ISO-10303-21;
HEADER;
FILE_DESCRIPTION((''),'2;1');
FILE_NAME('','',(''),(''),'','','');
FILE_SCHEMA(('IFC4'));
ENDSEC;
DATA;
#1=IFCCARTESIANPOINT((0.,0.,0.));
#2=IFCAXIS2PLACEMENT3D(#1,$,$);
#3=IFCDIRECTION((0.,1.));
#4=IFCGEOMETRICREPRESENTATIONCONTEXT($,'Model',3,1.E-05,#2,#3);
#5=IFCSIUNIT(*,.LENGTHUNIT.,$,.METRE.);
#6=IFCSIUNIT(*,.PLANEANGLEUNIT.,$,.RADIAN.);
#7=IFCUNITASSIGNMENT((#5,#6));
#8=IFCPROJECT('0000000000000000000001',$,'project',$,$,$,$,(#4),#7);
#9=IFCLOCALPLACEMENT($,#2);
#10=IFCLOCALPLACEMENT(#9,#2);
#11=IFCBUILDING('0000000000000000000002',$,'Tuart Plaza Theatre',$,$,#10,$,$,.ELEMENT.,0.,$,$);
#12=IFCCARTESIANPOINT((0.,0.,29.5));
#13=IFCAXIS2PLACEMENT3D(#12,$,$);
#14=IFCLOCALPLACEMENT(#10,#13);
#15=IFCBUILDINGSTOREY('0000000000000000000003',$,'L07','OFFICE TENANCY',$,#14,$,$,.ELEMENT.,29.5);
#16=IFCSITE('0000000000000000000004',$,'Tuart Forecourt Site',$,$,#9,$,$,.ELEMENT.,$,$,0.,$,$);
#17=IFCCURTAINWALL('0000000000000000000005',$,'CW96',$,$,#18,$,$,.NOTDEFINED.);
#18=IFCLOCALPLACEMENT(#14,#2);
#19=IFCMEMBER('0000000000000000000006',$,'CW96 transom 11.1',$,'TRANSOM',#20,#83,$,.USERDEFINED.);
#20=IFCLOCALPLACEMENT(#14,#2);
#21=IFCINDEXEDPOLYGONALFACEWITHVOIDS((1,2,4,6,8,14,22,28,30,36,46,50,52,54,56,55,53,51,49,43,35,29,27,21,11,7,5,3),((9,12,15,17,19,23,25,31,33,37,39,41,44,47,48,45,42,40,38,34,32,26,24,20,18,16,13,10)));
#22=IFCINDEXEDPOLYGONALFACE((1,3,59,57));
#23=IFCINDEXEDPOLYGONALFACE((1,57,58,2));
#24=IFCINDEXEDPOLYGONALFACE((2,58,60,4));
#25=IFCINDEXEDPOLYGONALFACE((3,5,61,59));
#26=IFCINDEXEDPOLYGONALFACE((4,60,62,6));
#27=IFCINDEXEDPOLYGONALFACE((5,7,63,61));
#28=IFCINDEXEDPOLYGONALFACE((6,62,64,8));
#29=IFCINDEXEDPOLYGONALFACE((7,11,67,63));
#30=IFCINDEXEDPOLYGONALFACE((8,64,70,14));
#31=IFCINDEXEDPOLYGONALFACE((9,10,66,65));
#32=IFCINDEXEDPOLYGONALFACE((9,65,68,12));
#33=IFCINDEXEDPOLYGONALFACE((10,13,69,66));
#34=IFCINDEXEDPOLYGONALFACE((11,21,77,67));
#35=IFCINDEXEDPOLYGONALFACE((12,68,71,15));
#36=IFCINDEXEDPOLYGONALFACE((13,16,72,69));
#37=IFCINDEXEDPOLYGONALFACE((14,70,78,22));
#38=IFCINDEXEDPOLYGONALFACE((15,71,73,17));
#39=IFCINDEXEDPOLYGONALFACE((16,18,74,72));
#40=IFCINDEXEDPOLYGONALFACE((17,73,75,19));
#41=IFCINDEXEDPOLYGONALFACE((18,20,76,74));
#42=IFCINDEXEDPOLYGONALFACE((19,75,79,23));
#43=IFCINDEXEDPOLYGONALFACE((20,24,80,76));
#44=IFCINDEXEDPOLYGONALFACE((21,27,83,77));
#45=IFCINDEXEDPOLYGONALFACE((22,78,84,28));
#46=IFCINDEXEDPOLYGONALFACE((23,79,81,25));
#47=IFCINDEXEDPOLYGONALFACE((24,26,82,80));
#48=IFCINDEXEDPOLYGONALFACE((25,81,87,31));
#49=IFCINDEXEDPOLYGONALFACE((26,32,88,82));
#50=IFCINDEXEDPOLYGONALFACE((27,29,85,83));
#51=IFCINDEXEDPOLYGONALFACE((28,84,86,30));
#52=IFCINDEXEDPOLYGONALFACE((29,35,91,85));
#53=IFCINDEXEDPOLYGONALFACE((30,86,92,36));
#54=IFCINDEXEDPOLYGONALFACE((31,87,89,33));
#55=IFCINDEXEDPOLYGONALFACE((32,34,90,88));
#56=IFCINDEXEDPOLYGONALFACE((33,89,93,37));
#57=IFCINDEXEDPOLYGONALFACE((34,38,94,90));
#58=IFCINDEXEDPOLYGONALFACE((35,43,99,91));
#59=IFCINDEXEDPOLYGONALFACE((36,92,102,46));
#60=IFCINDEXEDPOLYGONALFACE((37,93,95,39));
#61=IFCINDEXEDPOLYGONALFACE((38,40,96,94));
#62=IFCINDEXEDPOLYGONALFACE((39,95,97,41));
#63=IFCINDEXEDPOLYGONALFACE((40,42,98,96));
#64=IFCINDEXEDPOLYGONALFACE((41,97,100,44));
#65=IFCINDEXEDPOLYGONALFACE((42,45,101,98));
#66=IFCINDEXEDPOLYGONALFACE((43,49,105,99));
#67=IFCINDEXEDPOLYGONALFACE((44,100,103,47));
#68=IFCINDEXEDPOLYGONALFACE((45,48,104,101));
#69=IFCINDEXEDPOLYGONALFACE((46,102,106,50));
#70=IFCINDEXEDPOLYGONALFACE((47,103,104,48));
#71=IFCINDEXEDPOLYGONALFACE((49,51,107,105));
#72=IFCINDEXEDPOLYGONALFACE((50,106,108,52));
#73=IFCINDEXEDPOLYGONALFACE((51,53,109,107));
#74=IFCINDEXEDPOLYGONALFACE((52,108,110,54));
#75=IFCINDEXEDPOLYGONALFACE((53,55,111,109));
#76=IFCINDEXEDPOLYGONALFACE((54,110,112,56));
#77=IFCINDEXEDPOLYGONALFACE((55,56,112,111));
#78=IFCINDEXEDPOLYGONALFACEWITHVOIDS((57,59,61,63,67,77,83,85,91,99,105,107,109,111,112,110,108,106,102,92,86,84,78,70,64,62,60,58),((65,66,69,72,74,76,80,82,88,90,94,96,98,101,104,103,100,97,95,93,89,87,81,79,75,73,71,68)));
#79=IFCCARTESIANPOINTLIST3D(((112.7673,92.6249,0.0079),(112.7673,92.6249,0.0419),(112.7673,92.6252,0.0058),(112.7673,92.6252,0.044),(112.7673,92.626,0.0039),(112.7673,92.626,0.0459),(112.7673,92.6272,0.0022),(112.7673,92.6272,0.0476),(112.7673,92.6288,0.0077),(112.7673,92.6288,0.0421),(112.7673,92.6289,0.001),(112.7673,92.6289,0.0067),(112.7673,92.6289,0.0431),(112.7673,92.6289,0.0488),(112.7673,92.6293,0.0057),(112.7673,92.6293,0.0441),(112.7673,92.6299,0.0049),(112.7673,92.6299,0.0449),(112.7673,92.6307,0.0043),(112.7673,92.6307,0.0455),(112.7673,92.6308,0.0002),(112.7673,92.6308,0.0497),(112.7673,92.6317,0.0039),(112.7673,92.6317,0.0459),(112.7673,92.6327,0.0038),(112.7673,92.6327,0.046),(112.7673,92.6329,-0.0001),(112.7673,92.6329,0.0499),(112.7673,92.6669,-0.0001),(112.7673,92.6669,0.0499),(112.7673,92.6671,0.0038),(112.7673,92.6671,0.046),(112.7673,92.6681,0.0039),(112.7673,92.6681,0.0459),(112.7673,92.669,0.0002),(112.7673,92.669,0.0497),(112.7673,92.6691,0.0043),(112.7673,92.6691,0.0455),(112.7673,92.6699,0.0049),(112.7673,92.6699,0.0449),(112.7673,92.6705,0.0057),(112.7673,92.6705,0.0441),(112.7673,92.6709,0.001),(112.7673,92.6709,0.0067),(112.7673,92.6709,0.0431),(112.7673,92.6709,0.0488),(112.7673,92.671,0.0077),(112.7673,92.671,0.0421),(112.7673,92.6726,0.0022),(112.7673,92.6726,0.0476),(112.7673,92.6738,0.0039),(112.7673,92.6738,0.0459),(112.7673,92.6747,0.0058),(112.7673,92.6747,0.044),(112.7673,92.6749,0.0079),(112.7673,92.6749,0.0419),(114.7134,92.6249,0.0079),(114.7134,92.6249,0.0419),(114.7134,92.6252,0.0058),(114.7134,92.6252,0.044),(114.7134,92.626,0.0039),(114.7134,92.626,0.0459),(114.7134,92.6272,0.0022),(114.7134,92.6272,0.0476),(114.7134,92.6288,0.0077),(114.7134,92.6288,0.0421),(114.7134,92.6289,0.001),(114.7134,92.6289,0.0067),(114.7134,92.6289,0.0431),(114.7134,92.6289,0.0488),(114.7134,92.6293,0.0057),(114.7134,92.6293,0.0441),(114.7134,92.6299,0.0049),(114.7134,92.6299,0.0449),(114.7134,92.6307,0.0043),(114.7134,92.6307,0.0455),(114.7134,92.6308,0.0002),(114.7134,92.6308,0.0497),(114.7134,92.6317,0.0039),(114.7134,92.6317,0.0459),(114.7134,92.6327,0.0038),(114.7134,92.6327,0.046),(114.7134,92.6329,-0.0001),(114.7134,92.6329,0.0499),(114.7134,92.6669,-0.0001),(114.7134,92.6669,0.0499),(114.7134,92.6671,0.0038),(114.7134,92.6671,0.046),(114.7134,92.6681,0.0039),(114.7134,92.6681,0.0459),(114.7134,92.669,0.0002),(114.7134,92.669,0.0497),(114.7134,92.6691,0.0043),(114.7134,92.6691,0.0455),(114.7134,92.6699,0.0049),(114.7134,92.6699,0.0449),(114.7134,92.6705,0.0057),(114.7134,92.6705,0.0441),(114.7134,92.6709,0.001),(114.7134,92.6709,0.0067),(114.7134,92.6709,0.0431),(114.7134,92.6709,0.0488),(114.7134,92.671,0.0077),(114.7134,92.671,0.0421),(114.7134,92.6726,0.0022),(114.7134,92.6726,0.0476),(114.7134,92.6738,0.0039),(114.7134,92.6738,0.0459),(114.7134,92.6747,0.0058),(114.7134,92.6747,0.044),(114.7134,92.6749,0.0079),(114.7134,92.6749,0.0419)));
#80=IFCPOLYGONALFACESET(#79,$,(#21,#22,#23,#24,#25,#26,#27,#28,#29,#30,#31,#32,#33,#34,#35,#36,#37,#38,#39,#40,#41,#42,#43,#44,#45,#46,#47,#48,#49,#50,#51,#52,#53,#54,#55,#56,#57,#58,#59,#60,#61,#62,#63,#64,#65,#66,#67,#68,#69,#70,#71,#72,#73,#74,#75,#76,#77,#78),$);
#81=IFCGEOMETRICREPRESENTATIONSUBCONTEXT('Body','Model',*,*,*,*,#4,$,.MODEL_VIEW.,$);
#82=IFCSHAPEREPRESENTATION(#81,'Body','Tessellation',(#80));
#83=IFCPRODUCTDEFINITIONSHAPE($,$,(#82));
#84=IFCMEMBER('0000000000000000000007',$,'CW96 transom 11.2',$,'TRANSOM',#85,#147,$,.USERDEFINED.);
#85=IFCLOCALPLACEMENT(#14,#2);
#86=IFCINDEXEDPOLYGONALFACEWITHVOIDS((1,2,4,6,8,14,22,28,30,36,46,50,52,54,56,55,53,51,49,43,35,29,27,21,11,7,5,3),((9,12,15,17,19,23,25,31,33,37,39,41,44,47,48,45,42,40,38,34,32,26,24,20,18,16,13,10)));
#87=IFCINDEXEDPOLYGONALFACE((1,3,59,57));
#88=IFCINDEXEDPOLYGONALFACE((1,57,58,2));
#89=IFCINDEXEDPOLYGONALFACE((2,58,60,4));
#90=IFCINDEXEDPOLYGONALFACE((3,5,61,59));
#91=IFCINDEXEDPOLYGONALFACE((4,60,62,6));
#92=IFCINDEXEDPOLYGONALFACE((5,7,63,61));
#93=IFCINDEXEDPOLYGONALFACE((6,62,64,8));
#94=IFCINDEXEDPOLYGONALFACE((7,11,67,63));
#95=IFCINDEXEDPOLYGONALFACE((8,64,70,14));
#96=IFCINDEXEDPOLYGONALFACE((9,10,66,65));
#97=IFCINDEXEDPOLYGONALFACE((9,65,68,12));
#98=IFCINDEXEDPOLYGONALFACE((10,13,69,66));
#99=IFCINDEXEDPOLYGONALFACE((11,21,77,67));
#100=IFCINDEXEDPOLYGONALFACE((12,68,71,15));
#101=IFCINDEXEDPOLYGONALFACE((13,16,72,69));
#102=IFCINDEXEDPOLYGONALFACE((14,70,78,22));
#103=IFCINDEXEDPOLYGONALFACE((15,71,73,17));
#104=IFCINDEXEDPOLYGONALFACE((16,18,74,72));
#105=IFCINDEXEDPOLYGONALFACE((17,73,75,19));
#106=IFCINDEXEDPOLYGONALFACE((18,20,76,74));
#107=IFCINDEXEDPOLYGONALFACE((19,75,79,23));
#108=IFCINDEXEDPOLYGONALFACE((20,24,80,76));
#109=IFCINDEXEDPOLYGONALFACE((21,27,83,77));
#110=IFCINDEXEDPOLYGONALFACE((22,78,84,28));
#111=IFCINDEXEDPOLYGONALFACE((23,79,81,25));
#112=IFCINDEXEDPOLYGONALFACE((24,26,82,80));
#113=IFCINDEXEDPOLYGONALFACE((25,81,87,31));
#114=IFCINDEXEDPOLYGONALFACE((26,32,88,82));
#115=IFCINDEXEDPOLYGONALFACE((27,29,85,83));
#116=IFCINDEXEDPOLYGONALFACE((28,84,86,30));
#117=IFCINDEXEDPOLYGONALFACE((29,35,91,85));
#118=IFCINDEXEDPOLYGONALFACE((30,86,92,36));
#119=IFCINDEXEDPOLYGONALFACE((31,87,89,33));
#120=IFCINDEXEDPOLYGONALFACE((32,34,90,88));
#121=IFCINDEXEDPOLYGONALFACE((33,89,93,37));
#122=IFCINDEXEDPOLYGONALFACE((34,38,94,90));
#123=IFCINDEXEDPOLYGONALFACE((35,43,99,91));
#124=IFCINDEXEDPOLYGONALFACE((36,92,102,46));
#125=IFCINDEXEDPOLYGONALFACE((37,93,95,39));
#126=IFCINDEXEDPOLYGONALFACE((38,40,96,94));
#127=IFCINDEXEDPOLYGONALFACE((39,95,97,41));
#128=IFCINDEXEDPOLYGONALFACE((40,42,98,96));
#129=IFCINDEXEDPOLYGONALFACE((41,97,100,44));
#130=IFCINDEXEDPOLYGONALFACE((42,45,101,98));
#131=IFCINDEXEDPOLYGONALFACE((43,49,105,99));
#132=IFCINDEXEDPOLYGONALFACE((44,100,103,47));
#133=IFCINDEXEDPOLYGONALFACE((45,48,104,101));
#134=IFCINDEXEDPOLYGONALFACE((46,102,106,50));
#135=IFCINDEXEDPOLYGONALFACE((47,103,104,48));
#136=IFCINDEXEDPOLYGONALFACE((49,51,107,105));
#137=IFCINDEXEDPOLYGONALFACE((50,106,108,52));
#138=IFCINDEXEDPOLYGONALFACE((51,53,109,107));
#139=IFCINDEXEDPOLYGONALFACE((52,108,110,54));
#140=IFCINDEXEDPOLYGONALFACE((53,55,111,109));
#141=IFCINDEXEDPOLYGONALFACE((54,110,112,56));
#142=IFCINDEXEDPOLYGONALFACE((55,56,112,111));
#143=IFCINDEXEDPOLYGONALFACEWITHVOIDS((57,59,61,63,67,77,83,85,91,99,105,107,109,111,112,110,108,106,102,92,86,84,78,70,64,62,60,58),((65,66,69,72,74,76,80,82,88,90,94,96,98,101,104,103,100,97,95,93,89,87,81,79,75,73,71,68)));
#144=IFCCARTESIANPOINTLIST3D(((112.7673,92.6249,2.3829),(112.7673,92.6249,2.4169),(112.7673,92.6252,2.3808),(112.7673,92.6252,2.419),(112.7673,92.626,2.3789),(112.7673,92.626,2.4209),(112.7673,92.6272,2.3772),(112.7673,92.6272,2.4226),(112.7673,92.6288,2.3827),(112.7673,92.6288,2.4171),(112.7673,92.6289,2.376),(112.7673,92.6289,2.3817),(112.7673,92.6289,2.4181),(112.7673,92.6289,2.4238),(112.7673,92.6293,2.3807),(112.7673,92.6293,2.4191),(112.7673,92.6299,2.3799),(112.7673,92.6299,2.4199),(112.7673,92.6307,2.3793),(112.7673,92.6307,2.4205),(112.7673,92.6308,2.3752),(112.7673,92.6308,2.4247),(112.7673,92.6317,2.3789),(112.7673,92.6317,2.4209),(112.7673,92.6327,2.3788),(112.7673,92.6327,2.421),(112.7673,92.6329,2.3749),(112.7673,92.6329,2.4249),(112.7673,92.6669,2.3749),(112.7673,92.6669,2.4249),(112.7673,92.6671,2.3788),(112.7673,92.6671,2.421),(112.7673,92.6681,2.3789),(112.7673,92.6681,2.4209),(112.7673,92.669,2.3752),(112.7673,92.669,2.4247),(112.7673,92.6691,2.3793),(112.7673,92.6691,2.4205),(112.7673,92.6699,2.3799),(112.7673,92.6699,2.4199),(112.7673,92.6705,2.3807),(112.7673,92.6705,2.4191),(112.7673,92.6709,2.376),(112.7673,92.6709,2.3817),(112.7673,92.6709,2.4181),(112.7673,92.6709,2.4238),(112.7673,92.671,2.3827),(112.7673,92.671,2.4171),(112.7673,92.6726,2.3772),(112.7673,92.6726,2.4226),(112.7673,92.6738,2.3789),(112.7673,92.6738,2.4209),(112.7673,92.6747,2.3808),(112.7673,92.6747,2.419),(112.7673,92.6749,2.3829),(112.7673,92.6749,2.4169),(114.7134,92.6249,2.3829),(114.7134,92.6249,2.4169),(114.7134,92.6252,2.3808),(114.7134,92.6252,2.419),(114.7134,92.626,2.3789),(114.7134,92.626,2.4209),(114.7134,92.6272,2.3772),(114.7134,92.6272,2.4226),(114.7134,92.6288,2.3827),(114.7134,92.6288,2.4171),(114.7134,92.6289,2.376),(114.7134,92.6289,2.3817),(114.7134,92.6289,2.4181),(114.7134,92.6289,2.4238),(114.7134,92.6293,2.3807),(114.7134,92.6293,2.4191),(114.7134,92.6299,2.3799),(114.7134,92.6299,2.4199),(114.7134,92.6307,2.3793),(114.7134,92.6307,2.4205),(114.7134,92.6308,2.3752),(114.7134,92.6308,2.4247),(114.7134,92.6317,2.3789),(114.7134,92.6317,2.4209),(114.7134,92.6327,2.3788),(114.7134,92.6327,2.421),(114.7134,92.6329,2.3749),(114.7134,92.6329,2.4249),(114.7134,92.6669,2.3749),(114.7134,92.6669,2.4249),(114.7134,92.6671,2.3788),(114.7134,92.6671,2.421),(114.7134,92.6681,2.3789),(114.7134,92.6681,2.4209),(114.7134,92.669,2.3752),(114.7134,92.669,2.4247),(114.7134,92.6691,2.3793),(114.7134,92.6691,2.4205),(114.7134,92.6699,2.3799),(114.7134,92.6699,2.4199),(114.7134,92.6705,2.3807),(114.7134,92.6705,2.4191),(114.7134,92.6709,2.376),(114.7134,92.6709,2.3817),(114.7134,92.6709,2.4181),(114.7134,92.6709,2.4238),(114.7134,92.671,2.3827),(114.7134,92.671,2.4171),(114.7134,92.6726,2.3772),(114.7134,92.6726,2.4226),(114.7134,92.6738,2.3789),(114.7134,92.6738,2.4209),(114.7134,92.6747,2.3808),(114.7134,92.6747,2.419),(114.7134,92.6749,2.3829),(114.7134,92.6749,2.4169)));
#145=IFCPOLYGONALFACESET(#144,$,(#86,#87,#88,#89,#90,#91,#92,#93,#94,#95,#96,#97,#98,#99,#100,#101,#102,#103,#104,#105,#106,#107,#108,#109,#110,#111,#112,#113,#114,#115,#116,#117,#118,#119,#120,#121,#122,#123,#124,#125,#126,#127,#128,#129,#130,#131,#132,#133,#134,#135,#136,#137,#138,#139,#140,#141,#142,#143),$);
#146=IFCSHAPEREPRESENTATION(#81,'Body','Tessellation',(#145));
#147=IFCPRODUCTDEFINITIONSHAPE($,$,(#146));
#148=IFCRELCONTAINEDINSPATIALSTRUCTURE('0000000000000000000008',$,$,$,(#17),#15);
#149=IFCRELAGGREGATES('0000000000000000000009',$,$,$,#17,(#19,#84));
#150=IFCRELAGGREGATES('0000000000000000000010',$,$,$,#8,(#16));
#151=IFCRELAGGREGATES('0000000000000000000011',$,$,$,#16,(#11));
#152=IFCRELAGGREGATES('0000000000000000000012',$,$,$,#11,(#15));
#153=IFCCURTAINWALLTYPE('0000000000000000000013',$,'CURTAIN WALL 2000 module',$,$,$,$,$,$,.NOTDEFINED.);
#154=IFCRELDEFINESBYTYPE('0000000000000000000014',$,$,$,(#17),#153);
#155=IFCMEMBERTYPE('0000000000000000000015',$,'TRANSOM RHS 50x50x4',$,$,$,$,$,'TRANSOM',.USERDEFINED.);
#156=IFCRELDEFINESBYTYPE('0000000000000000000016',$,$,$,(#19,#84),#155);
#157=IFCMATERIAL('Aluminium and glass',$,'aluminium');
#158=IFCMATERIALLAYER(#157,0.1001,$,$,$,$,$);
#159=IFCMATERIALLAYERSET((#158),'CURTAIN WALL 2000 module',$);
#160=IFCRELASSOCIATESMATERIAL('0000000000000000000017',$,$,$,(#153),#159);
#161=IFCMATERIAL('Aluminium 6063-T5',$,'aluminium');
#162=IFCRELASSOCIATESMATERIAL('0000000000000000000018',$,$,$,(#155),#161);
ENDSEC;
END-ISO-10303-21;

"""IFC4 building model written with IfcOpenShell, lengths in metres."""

from ifc_helpers import new_model, si_unit, direction, frame, origin, origin_2d, place, context, subcontext, project, spatial, hollow_rectangle, extrude, material, layer, layer_set, material_profile, profile_set, type_object, element, aggregate, save


model = new_model("IFC4")

# Units and contexts
model_context = context("Model", 3, precision=1e-05, world=origin(), true_north=direction((0.0, 1.0)))
body_context = subcontext(model_context, "Body", "Model", "MODEL_VIEW")
ifc_project = project(units=[si_unit("LENGTHUNIT", "METRE"), si_unit("PLANEANGLEUNIT", "RADIAN")], contexts=[model_context])

# Site, building, storey
site_placement = place(None, origin())
site = spatial("IfcSite", under=ifc_project, at=site_placement, Name="Tuart Forecourt Site", CompositionType="ELEMENT", RefElevation=0.0)
building_placement = place(site_placement, origin())
building = spatial("IfcBuilding", under=site, at=building_placement, Name="Tuart Plaza Theatre", CompositionType="ELEMENT", ElevationOfRefHeight=0.0)
storey_placement = place(building_placement, frame((0.0, 0.0, 29.5)))
storey = spatial("IfcBuildingStorey", under=building, at=storey_placement, Name="L07", Description="OFFICE TENANCY", CompositionType="ELEMENT", Elevation=29.5)

# Curtain wall, members
ifc_material_1 = material(Name="Aluminium and glass", Category="aluminium")
ifc_layer_1 = layer(ifc_material_1, 0.1001)
ifc_layer_set_1 = layer_set([ifc_layer_1], Name="CURTAIN WALL 2000 module")
curtain_wall_type = type_object("IfcCurtainWallType", Name="CURTAIN WALL 2000 module", PredefinedType="NOTDEFINED", material=ifc_layer_set_1)
curtain_wall_placement = place(storey_placement, origin())
curtain_wall = element("IfcCurtainWall", 1, at=curtain_wall_placement, inside=storey, type_object=curtain_wall_type, Name="CW96", PredefinedType="NOTDEFINED")
ifc_material_2 = material(Name="Aluminium 6063-T5", Category="aluminium")
ifc_material_profile_1 = material_profile(ifc_material_2, hollow_rectangle(XDim=0.05, YDim=0.05, WallThickness=0.0039, InnerFilletRadius=0.0039, OuterFilletRadius=0.0081, at=origin_2d()), Name="RHS 50x50x4")
ifc_profile_set_1 = profile_set([ifc_material_profile_1], Name="Aluminium 6063-T5")
member_type_1 = type_object("IfcMemberType", Name="TRANSOM RHS 50x50x4", ElementType="TRANSOM", PredefinedType="USERDEFINED", material=ifc_profile_set_1)
member_1_placement = place(storey_placement, frame((114.7134, 92.6499, 0.0249), z_axis=(-1.0, 0.0, 0.0), x_axis=(0.0, -1.0, 0.0)))
member_1 = element("IfcMember", 2, at=member_1_placement, type_object=member_type_1, Name="CW96 transom 11.1", ObjectType="TRANSOM", PredefinedType="USERDEFINED", context=body_context, shape_type="SweptSolid", body=[
    extrude(hollow_rectangle(XDim=0.05, YDim=0.05, WallThickness=0.0039, InnerFilletRadius=0.0039, OuterFilletRadius=0.0081, at=origin_2d()), origin(), (0.0, 0.0, 1.0), 1.946),
])
member_2_placement = place(storey_placement, frame((114.7134, 92.6499, 2.3999), z_axis=(-1.0, 0.0, 0.0), x_axis=(0.0, -1.0, 0.0)))
member_2 = element("IfcMember", 3, at=member_2_placement, type_object=member_type_1, Name="CW96 transom 11.2", ObjectType="TRANSOM", PredefinedType="USERDEFINED", context=body_context, shape_type="SweptSolid", body=[
    extrude(hollow_rectangle(XDim=0.05, YDim=0.05, WallThickness=0.0039, InnerFilletRadius=0.0039, OuterFilletRadius=0.0081, at=origin_2d()), origin(), (0.0, 0.0, 1.0), 1.946),
])
aggregate(curtain_wall, [member_1, member_2])

save(model, "model.ifc")
